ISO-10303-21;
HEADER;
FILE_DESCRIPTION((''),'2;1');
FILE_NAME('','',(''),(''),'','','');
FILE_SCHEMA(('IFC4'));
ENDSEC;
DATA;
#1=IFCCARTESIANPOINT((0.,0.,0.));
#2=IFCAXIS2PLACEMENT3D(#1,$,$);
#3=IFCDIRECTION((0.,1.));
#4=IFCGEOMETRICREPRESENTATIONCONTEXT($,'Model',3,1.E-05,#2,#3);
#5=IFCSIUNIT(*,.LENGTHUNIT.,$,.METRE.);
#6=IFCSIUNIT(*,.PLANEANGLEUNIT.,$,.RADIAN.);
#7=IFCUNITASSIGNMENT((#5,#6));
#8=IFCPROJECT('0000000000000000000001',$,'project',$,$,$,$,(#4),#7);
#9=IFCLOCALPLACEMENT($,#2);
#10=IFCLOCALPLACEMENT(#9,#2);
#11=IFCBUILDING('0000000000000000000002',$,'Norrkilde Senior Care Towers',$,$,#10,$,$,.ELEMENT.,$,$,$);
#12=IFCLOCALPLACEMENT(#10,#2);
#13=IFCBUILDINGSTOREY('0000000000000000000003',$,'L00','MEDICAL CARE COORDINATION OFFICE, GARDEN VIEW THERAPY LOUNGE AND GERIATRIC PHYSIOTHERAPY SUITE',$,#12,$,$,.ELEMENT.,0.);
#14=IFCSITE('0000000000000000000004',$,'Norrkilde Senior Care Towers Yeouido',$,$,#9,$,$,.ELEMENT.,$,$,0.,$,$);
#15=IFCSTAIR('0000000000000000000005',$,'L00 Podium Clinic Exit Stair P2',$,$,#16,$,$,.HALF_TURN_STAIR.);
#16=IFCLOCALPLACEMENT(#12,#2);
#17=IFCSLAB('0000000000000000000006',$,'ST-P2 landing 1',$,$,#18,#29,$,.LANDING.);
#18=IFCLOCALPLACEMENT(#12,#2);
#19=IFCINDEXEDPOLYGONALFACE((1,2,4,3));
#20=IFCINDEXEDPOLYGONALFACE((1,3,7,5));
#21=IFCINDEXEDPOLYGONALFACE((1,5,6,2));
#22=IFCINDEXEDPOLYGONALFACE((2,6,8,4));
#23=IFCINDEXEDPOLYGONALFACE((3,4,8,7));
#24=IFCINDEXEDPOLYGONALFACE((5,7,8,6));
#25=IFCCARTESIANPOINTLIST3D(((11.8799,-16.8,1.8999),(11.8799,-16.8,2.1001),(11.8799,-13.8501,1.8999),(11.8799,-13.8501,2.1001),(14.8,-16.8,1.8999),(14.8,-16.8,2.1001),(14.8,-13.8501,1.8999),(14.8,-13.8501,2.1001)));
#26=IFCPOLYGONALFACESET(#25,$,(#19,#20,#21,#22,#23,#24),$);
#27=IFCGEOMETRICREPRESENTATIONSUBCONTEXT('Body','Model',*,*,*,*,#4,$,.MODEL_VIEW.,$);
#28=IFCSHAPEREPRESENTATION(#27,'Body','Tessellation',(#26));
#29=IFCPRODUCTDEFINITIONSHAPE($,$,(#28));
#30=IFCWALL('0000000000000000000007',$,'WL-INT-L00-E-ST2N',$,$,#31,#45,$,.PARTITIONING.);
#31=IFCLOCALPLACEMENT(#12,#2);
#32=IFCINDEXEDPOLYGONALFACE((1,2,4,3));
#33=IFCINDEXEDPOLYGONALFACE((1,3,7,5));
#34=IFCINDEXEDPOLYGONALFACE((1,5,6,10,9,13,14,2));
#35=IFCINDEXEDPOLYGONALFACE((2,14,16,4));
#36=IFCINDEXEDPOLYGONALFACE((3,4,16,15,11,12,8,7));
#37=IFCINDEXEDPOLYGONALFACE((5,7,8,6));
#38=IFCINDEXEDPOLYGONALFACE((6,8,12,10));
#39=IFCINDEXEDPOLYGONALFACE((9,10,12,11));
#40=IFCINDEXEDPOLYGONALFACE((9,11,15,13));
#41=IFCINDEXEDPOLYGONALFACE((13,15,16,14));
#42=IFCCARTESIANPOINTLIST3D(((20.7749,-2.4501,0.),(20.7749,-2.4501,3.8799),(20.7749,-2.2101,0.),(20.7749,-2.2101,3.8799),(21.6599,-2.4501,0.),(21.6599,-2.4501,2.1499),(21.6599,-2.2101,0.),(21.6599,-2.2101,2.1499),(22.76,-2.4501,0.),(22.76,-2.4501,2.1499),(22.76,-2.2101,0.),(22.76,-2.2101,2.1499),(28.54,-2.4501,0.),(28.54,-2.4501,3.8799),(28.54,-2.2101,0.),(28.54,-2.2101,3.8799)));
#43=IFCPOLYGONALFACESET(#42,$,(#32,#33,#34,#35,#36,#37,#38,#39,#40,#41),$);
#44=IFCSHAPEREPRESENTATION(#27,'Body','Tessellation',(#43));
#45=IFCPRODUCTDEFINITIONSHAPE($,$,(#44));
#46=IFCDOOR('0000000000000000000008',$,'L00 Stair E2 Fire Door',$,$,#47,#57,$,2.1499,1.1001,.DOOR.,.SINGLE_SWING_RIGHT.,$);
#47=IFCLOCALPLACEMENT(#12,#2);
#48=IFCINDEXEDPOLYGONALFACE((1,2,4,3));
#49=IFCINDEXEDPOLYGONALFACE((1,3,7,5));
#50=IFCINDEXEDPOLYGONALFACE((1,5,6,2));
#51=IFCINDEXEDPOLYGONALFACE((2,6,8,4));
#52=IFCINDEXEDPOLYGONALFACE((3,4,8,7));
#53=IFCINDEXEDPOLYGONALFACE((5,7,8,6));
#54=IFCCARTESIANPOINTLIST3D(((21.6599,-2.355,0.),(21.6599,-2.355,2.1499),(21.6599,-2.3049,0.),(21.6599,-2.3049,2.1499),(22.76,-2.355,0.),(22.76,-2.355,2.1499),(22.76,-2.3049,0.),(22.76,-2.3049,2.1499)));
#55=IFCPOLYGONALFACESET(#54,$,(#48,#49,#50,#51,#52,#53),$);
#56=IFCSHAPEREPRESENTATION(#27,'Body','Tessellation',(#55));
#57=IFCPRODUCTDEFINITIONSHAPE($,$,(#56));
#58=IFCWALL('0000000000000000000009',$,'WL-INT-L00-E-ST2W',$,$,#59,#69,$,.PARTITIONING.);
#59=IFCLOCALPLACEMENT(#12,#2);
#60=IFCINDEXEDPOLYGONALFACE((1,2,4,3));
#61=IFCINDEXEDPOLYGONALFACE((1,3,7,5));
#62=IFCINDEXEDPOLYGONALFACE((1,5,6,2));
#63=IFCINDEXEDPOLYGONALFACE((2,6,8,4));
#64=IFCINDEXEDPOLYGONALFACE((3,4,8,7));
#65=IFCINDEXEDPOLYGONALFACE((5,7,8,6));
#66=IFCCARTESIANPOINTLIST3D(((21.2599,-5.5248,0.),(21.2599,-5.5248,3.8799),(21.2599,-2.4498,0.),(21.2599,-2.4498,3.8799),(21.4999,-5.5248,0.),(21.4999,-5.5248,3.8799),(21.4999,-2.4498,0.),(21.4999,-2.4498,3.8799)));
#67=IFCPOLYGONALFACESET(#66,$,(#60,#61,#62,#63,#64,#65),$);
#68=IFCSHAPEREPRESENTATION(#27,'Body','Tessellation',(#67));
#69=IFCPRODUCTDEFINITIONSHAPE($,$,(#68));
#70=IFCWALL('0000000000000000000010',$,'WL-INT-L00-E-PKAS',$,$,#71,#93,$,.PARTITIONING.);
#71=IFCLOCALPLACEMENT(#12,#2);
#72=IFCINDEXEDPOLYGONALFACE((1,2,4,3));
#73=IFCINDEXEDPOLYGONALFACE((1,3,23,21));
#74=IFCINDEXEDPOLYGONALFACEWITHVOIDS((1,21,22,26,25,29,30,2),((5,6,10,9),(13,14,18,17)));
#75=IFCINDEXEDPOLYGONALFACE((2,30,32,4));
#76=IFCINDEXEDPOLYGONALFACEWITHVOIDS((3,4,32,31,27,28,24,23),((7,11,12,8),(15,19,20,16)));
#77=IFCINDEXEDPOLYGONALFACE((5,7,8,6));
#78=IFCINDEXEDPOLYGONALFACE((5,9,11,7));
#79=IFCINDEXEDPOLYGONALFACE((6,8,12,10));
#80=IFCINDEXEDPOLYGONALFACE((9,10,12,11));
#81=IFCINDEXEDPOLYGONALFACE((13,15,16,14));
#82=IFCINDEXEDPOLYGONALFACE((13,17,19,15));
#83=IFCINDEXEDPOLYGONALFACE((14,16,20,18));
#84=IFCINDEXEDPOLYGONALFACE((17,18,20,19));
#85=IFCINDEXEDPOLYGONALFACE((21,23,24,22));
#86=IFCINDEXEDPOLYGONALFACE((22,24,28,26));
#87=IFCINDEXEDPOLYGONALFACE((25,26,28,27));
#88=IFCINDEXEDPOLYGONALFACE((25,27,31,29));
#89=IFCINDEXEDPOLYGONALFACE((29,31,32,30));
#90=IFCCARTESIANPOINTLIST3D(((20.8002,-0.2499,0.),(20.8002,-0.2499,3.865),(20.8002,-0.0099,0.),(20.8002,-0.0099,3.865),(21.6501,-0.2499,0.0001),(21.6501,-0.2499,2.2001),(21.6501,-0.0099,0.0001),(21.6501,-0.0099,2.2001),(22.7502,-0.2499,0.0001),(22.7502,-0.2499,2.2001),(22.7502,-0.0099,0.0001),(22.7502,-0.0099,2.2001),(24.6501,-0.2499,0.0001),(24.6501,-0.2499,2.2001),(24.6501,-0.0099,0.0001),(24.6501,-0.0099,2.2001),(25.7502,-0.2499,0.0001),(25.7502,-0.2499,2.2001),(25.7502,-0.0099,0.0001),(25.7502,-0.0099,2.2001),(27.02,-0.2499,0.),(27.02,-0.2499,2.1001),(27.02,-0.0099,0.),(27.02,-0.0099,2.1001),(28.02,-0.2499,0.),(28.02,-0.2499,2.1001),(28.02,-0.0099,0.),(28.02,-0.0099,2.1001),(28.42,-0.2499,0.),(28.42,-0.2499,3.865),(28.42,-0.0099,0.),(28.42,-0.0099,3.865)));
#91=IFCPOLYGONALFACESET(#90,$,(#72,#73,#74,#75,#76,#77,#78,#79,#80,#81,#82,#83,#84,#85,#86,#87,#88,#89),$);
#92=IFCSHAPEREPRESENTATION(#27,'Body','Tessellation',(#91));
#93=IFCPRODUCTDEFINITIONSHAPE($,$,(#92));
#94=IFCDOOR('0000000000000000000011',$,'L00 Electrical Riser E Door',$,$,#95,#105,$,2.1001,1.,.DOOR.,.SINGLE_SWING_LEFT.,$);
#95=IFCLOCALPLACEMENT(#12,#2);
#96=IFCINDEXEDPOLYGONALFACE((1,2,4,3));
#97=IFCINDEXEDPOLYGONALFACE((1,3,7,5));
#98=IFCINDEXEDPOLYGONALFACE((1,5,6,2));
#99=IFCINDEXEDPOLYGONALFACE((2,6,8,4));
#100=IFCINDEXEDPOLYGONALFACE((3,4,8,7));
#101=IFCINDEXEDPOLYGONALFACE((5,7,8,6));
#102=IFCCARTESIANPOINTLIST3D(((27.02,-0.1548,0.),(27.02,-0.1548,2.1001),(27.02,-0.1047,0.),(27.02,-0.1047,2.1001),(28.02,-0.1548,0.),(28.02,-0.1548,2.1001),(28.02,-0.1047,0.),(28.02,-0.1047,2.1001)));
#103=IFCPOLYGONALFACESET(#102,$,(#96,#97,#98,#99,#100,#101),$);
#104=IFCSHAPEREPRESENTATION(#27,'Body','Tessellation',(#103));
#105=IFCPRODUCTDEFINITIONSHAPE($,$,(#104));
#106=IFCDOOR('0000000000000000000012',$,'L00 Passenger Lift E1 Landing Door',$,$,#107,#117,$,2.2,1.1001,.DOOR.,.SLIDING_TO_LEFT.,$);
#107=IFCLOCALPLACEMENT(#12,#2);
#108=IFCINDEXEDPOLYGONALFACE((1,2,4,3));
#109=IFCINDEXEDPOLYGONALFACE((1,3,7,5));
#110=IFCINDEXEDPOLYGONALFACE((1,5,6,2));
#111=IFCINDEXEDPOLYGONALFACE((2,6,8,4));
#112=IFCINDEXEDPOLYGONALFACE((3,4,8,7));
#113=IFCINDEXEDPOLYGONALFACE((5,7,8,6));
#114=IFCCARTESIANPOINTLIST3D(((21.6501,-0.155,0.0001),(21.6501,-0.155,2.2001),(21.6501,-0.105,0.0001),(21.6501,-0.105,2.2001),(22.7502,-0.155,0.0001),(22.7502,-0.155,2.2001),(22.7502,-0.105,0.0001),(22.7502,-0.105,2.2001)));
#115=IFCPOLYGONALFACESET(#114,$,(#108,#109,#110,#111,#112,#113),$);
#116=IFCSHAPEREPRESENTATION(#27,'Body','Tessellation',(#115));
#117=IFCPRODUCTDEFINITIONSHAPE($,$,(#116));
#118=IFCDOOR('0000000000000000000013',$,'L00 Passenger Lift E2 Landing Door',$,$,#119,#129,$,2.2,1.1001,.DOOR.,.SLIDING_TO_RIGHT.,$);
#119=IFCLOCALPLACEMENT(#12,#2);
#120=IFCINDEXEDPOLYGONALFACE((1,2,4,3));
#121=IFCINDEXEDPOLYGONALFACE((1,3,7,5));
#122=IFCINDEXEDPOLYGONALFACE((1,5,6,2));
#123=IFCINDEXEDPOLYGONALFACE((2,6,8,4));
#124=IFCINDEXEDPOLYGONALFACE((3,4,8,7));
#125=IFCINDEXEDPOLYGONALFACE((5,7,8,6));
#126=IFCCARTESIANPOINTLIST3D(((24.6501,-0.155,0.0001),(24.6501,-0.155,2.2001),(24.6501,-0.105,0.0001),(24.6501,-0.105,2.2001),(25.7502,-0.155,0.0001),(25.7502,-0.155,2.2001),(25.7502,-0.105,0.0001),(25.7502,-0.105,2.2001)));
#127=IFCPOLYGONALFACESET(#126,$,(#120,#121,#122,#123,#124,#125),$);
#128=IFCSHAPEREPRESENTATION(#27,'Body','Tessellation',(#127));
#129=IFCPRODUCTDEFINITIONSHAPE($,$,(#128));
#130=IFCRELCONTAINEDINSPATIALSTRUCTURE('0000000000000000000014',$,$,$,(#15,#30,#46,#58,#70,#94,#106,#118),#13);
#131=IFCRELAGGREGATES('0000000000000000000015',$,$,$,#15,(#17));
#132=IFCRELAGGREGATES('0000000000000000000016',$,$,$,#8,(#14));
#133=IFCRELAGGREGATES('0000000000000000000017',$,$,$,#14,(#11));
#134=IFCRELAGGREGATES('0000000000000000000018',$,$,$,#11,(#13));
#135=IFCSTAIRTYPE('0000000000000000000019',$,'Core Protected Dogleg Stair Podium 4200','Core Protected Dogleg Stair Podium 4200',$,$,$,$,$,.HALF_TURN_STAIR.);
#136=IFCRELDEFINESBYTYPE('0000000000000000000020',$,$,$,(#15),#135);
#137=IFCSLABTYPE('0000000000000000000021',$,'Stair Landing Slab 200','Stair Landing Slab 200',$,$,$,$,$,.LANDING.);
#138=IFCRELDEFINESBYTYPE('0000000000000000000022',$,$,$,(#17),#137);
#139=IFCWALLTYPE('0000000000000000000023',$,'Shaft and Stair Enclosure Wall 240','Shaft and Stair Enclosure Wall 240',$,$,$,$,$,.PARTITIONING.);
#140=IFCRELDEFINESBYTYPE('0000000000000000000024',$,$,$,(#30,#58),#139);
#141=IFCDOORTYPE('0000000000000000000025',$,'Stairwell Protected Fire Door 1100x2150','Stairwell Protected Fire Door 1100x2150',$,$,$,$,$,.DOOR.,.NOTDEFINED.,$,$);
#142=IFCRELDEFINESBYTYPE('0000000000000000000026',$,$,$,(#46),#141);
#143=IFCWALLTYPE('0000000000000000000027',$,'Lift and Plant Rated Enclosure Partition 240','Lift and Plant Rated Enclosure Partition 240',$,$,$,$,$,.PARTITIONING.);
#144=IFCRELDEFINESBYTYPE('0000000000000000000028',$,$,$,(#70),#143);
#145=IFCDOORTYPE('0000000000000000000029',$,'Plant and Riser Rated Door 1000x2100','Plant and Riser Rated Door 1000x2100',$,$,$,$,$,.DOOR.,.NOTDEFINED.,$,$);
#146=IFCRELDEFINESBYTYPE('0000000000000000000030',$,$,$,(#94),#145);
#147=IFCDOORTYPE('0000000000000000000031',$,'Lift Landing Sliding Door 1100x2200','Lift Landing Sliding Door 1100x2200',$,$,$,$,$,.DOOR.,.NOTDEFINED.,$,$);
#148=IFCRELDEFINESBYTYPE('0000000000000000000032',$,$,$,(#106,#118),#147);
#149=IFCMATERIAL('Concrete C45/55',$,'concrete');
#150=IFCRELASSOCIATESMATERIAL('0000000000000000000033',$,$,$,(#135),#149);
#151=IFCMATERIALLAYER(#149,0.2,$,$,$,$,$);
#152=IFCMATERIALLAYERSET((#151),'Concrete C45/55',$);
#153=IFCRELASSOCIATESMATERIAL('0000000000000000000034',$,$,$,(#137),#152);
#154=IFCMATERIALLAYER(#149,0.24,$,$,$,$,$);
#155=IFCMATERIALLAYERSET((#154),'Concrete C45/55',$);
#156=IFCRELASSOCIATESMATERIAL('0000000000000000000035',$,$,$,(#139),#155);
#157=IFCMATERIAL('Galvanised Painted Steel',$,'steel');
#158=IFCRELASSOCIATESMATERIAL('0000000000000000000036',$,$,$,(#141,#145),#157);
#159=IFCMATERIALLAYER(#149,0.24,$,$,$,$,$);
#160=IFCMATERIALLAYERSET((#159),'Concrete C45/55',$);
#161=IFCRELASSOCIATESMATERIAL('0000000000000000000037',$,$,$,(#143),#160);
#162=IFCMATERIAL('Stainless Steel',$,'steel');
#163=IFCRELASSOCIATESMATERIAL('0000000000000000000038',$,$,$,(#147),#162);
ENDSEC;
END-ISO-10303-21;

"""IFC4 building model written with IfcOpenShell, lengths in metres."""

from ifc_helpers import new_model, si_unit, direction, frame, frame_2d, origin, place, context, subcontext, project, spatial, polyline, rectangle, outline, extrude, source, transform, mapped, material, layer, layer_set, type_object, type_shapes, element, fill, aggregate, save


model = new_model("IFC4")

# Units and contexts
model_context = context("Model", 3, precision=1e-05, world=origin(), true_north=direction((0.0, 1.0)))
body_context = subcontext(model_context, "Body", "Model", "MODEL_VIEW")
ifc_project = project(units=[si_unit("LENGTHUNIT", "METRE"), si_unit("PLANEANGLEUNIT", "RADIAN")], contexts=[model_context])

# Site, building, storey
site_placement = place(None, origin())
site = spatial("IfcSite", under=ifc_project, at=site_placement, Name="Norrkilde Senior Care Towers Yeouido", CompositionType="ELEMENT", RefElevation=0.0)
building_placement = place(site_placement, origin())
building = spatial("IfcBuilding", under=site, at=building_placement, Name="Norrkilde Senior Care Towers", CompositionType="ELEMENT")
storey_placement = place(building_placement, origin())
storey = spatial("IfcBuildingStorey", under=building, at=storey_placement, Name="L00", Description="MEDICAL CARE COORDINATION OFFICE, GARDEN VIEW THERAPY LOUNGE AND GERIATRIC PHYSIOTHERAPY SUITE", CompositionType="ELEMENT", Elevation=0.0)

# Stair, slab
ifc_material_1 = material(Name="Concrete C45/55", Category="concrete")
stair_type = type_object("IfcStairType", Name="Core Protected Dogleg Stair Podium 4200", Description="Core Protected Dogleg Stair Podium 4200", PredefinedType="HALF_TURN_STAIR", material=ifc_material_1)
ifc_layer_1 = layer(ifc_material_1, 0.2)
ifc_layer_set_1 = layer_set([ifc_layer_1], Name="Concrete C45/55")
slab_type = type_object("IfcSlabType", Name="Stair Landing Slab 200", Description="Stair Landing Slab 200", PredefinedType="LANDING", material=ifc_layer_set_1)
stair_1_placement = place(storey_placement, origin())
stair_1 = element("IfcStair", 1, at=stair_1_placement, inside=storey, type_object=stair_type, Name="L00 Podium Clinic Exit Stair P2", PredefinedType="HALF_TURN_STAIR")
slab_1_placement = place(storey_placement, frame((0.0, 0.0, 1.8999)))
slab_1 = element("IfcSlab", 2, at=slab_1_placement, type_object=slab_type, Name="ST-P2 landing 1", PredefinedType="LANDING", context=body_context, shape_type="SweptSolid", body=[
    extrude(outline(polyline([(11.8799, -16.8), (14.8, -16.8), (14.8, -13.8501), (11.8799, -13.8501), (11.8799, -16.8)])), origin(), (0.0, 0.0, 1.0), 0.2002),
])

# Wall, opening, door
ifc_material_2 = material(Name="Galvanised Painted Steel", Category="steel")
ifc_layer_2 = layer(ifc_material_1, 0.24)
ifc_layer_set_2 = layer_set([ifc_layer_2], Name="Concrete C45/55")
wall_type_1 = type_object("IfcWallType", Name="Shaft and Stair Enclosure Wall 240", Description="Shaft and Stair Enclosure Wall 240", PredefinedType="PARTITIONING", material=ifc_layer_set_2)
shared_shape_1 = source(origin(), body_context, "Body", "SweptSolid", [
    extrude(rectangle(XDim=7.7651, YDim=0.24, at=frame_2d((3.8826, 0.0))), origin(), (0.0, 0.0, 1.0), 3.8799),
])
wall_1_placement = place(storey_placement, frame((20.7749, -2.3301, 0.0), z_axis=(0.0, 0.0, 1.0), x_axis=(1.0, 0.0, 0.0)))
wall_1 = element("IfcWall", 3, at=wall_1_placement, inside=storey, type_object=wall_type_1, Name="WL-INT-L00-E-ST2N", PredefinedType="PARTITIONING", context=body_context, shape_type="MappedRepresentation", body=[
    mapped(shared_shape_1, transform((0.0, 0.0, 0.0), x_axis=(1.0, 0.0, 0.0), y_axis=(0.0, 1.0, 0.0), z_axis=(0.0, 0.0, 1.0), scale=1.0)),
])
opening_1_placement = place(wall_1_placement, frame((0.885, 0.0, 0.0)))
opening_1 = element("IfcOpeningElement", 4, at=opening_1_placement, cuts=wall_1, PredefinedType="OPENING", context=body_context, shape_type="SweptSolid", body=[
    extrude(rectangle(XDim=1.1001, YDim=2.1499, at=frame_2d((0.55, 1.075))), frame((0.0, 0.1299, 0.0), z_axis=(0.0, -1.0, 0.0), x_axis=(1.0, 0.0, 0.0)), (0.0, 0.0, 1.0), 0.26),
])
door_type_1 = type_object("IfcDoorType", Name="Stairwell Protected Fire Door 1100x2150", Description="Stairwell Protected Fire Door 1100x2150", OperationType="NOTDEFINED", PredefinedType="DOOR", material=ifc_material_2)
shared_shape_2 = source(origin(), body_context, "Body", "SweptSolid", [
    extrude(rectangle(XDim=1.1001, YDim=2.1499, at=frame_2d((0.55, 1.075))), frame((0.0, 0.0249, 0.0), z_axis=(0.0, -1.0, 0.0), x_axis=(1.0, 0.0, 0.0)), (0.0, 0.0, 1.0), 0.05),
])
type_shapes(door_type_1, [shared_shape_2])
door_1_placement = place(opening_1_placement, frame((1.1001, 0.0, 0.0), z_axis=(0.0, 0.0, 1.0), x_axis=(-1.0, 0.0, 0.0)))
door_1 = element("IfcDoor", 5, at=door_1_placement, inside=storey, type_object=door_type_1, Name="L00 Stair E2 Fire Door", OperationType="SINGLE_SWING_RIGHT", OverallHeight=2.1499, OverallWidth=1.1001, PredefinedType="DOOR", context=body_context, shape_type="MappedRepresentation", body=[
    mapped(shared_shape_2, transform((0.0, 0.0, 0.0), x_axis=(1.0, 0.0, 0.0), y_axis=(0.0, 1.0, 0.0), z_axis=(0.0, 0.0, 1.0), scale=1.0)),
])
fill(opening_1, door_1)

# Wall
shared_shape_3 = source(origin(), body_context, "Body", "SweptSolid", [
    extrude(rectangle(XDim=3.075, YDim=0.24, at=frame_2d((1.5376, 0.0))), origin(), (0.0, 0.0, 1.0), 3.8799),
])
wall_2_placement = place(storey_placement, frame((21.3799, -5.5249, 0.0), z_axis=(0.0, 0.0, 1.0), x_axis=(0.0, 1.0, 0.0)))
element("IfcWall", 6, at=wall_2_placement, inside=storey, type_object=wall_type_1, Name="WL-INT-L00-E-ST2W", PredefinedType="PARTITIONING", context=body_context, shape_type="MappedRepresentation", body=[
    mapped(shared_shape_3, transform((0.0, 0.0, 0.0), x_axis=(1.0, 0.0, 0.0), y_axis=(0.0, 1.0, 0.0), z_axis=(0.0, 0.0, 1.0), scale=1.0)),
])

# Wall, openings, doors
ifc_layer_3 = layer(ifc_material_1, 0.24)
ifc_layer_set_3 = layer_set([ifc_layer_3], Name="Concrete C45/55")
wall_type_2 = type_object("IfcWallType", Name="Lift and Plant Rated Enclosure Partition 240", Description="Lift and Plant Rated Enclosure Partition 240", PredefinedType="PARTITIONING", material=ifc_layer_set_3)
shared_shape_4 = source(origin(), body_context, "Body", "SweptSolid", [
    extrude(rectangle(XDim=7.6199, YDim=0.24, at=frame_2d((3.8101, 0.0))), origin(), (0.0, 0.0, 1.0), 3.865),
])
type_shapes(wall_type_2, [shared_shape_4])
wall_3_placement = place(storey_placement, frame((20.8, -0.1299, 0.0), z_axis=(0.0, 0.0, 1.0), x_axis=(1.0, 0.0, 0.0)))
wall_3 = element("IfcWall", 7, at=wall_3_placement, inside=storey, type_object=wall_type_2, Name="WL-INT-L00-E-PKAS", PredefinedType="PARTITIONING", context=body_context, shape_type="MappedRepresentation", body=[
    mapped(shared_shape_4, transform((0.0, 0.0, 0.0), x_axis=(1.0, 0.0, 0.0), y_axis=(0.0, 1.0, 0.0), z_axis=(0.0, 0.0, 1.0), scale=1.0)),
])
opening_2_placement = place(wall_3_placement, frame((6.22, 0.0, 0.0)))
opening_2 = element("IfcOpeningElement", 8, at=opening_2_placement, cuts=wall_3, PredefinedType="OPENING", context=body_context, shape_type="SweptSolid", body=[
    extrude(rectangle(XDim=1.0, YDim=2.1001, at=frame_2d((0.5, 1.05))), frame((0.0, 0.1299, 0.0), z_axis=(0.0, -1.0, 0.0), x_axis=(1.0, 0.0, 0.0)), (0.0, 0.0, 1.0), 0.26),
])
opening_3_placement = place(wall_3_placement, frame((0.8501, 0.0, 0.0)))
opening_3 = element("IfcOpeningElement", 9, at=opening_3_placement, cuts=wall_3, PredefinedType="OPENING", context=body_context, shape_type="SweptSolid", body=[
    extrude(rectangle(XDim=1.1001, YDim=2.2, at=frame_2d((0.55, 1.1001))), frame((0.0, 0.1299, 0.0), z_axis=(0.0, -1.0, 0.0), x_axis=(1.0, 0.0, 0.0)), (0.0, 0.0, 1.0), 0.26),
])
opening_4_placement = place(wall_3_placement, frame((3.8501, 0.0, 0.0)))
opening_4 = element("IfcOpeningElement", 10, at=opening_4_placement, cuts=wall_3, PredefinedType="OPENING", context=body_context, shape_type="SweptSolid", body=[
    extrude(rectangle(XDim=1.1001, YDim=2.2, at=frame_2d((0.55, 1.1001))), frame((0.0, 0.1299, 0.0), z_axis=(0.0, -1.0, 0.0), x_axis=(1.0, 0.0, 0.0)), (0.0, 0.0, 1.0), 0.26),
])
door_type_2 = type_object("IfcDoorType", Name="Plant and Riser Rated Door 1000x2100", Description="Plant and Riser Rated Door 1000x2100", OperationType="NOTDEFINED", PredefinedType="DOOR", material=ifc_material_2)
shared_shape_5 = source(origin(), body_context, "Body", "SweptSolid", [
    extrude(rectangle(XDim=1.0, YDim=2.1001, at=frame_2d((0.5, 1.05))), frame((0.0, 0.0249, 0.0), z_axis=(0.0, -1.0, 0.0), x_axis=(1.0, 0.0, 0.0)), (0.0, 0.0, 1.0), 0.05),
])
type_shapes(door_type_2, [shared_shape_5])
door_2_placement = place(opening_2_placement, frame((1.0, 0.0, 0.0), z_axis=(0.0, 0.0, 1.0), x_axis=(-1.0, 0.0, 0.0)))
door_2 = element("IfcDoor", 11, at=door_2_placement, inside=storey, type_object=door_type_2, Name="L00 Electrical Riser E Door", OperationType="SINGLE_SWING_LEFT", OverallHeight=2.1001, OverallWidth=1.0, PredefinedType="DOOR", context=body_context, shape_type="MappedRepresentation", body=[
    mapped(shared_shape_5, transform((0.0, 0.0, 0.0), x_axis=(1.0, 0.0, 0.0), y_axis=(0.0, 1.0, 0.0), z_axis=(0.0, 0.0, 1.0), scale=1.0)),
])
fill(opening_2, door_2)
ifc_material_3 = material(Name="Stainless Steel", Category="steel")
door_type_3 = type_object("IfcDoorType", Name="Lift Landing Sliding Door 1100x2200", Description="Lift Landing Sliding Door 1100x2200", OperationType="NOTDEFINED", PredefinedType="DOOR", material=ifc_material_3)
shared_shape_6 = source(origin(), body_context, "Body", "SweptSolid", [
    extrude(rectangle(XDim=1.1001, YDim=2.2, at=frame_2d((0.55, 1.1001))), frame((0.0, 0.0249, 0.0), z_axis=(0.0, -1.0, 0.0), x_axis=(1.0, 0.0, 0.0)), (0.0, 0.0, 1.0), 0.05),
])
type_shapes(door_type_3, [shared_shape_6])
door_3_placement = place(opening_3_placement, origin())
door_3 = element("IfcDoor", 12, at=door_3_placement, inside=storey, type_object=door_type_3, Name="L00 Passenger Lift E1 Landing Door", OperationType="SLIDING_TO_LEFT", OverallHeight=2.2, OverallWidth=1.1001, PredefinedType="DOOR", context=body_context, shape_type="MappedRepresentation", body=[
    mapped(shared_shape_6, transform((0.0, 0.0, 0.0), x_axis=(1.0, 0.0, 0.0), y_axis=(0.0, 1.0, 0.0), z_axis=(0.0, 0.0, 1.0), scale=1.0)),
])
fill(opening_3, door_3)
door_4_placement = place(opening_4_placement, origin())
door_4 = element("IfcDoor", 13, at=door_4_placement, inside=storey, type_object=door_type_3, Name="L00 Passenger Lift E2 Landing Door", OperationType="SLIDING_TO_RIGHT", OverallHeight=2.2, OverallWidth=1.1001, PredefinedType="DOOR", context=body_context, shape_type="MappedRepresentation", body=[
    mapped(shared_shape_6, transform((0.0, 0.0, 0.0), x_axis=(1.0, 0.0, 0.0), y_axis=(0.0, 1.0, 0.0), z_axis=(0.0, 0.0, 1.0), scale=1.0)),
])
fill(opening_4, door_4)

aggregate(stair_1, [slab_1])

save(model, "model.ifc")
